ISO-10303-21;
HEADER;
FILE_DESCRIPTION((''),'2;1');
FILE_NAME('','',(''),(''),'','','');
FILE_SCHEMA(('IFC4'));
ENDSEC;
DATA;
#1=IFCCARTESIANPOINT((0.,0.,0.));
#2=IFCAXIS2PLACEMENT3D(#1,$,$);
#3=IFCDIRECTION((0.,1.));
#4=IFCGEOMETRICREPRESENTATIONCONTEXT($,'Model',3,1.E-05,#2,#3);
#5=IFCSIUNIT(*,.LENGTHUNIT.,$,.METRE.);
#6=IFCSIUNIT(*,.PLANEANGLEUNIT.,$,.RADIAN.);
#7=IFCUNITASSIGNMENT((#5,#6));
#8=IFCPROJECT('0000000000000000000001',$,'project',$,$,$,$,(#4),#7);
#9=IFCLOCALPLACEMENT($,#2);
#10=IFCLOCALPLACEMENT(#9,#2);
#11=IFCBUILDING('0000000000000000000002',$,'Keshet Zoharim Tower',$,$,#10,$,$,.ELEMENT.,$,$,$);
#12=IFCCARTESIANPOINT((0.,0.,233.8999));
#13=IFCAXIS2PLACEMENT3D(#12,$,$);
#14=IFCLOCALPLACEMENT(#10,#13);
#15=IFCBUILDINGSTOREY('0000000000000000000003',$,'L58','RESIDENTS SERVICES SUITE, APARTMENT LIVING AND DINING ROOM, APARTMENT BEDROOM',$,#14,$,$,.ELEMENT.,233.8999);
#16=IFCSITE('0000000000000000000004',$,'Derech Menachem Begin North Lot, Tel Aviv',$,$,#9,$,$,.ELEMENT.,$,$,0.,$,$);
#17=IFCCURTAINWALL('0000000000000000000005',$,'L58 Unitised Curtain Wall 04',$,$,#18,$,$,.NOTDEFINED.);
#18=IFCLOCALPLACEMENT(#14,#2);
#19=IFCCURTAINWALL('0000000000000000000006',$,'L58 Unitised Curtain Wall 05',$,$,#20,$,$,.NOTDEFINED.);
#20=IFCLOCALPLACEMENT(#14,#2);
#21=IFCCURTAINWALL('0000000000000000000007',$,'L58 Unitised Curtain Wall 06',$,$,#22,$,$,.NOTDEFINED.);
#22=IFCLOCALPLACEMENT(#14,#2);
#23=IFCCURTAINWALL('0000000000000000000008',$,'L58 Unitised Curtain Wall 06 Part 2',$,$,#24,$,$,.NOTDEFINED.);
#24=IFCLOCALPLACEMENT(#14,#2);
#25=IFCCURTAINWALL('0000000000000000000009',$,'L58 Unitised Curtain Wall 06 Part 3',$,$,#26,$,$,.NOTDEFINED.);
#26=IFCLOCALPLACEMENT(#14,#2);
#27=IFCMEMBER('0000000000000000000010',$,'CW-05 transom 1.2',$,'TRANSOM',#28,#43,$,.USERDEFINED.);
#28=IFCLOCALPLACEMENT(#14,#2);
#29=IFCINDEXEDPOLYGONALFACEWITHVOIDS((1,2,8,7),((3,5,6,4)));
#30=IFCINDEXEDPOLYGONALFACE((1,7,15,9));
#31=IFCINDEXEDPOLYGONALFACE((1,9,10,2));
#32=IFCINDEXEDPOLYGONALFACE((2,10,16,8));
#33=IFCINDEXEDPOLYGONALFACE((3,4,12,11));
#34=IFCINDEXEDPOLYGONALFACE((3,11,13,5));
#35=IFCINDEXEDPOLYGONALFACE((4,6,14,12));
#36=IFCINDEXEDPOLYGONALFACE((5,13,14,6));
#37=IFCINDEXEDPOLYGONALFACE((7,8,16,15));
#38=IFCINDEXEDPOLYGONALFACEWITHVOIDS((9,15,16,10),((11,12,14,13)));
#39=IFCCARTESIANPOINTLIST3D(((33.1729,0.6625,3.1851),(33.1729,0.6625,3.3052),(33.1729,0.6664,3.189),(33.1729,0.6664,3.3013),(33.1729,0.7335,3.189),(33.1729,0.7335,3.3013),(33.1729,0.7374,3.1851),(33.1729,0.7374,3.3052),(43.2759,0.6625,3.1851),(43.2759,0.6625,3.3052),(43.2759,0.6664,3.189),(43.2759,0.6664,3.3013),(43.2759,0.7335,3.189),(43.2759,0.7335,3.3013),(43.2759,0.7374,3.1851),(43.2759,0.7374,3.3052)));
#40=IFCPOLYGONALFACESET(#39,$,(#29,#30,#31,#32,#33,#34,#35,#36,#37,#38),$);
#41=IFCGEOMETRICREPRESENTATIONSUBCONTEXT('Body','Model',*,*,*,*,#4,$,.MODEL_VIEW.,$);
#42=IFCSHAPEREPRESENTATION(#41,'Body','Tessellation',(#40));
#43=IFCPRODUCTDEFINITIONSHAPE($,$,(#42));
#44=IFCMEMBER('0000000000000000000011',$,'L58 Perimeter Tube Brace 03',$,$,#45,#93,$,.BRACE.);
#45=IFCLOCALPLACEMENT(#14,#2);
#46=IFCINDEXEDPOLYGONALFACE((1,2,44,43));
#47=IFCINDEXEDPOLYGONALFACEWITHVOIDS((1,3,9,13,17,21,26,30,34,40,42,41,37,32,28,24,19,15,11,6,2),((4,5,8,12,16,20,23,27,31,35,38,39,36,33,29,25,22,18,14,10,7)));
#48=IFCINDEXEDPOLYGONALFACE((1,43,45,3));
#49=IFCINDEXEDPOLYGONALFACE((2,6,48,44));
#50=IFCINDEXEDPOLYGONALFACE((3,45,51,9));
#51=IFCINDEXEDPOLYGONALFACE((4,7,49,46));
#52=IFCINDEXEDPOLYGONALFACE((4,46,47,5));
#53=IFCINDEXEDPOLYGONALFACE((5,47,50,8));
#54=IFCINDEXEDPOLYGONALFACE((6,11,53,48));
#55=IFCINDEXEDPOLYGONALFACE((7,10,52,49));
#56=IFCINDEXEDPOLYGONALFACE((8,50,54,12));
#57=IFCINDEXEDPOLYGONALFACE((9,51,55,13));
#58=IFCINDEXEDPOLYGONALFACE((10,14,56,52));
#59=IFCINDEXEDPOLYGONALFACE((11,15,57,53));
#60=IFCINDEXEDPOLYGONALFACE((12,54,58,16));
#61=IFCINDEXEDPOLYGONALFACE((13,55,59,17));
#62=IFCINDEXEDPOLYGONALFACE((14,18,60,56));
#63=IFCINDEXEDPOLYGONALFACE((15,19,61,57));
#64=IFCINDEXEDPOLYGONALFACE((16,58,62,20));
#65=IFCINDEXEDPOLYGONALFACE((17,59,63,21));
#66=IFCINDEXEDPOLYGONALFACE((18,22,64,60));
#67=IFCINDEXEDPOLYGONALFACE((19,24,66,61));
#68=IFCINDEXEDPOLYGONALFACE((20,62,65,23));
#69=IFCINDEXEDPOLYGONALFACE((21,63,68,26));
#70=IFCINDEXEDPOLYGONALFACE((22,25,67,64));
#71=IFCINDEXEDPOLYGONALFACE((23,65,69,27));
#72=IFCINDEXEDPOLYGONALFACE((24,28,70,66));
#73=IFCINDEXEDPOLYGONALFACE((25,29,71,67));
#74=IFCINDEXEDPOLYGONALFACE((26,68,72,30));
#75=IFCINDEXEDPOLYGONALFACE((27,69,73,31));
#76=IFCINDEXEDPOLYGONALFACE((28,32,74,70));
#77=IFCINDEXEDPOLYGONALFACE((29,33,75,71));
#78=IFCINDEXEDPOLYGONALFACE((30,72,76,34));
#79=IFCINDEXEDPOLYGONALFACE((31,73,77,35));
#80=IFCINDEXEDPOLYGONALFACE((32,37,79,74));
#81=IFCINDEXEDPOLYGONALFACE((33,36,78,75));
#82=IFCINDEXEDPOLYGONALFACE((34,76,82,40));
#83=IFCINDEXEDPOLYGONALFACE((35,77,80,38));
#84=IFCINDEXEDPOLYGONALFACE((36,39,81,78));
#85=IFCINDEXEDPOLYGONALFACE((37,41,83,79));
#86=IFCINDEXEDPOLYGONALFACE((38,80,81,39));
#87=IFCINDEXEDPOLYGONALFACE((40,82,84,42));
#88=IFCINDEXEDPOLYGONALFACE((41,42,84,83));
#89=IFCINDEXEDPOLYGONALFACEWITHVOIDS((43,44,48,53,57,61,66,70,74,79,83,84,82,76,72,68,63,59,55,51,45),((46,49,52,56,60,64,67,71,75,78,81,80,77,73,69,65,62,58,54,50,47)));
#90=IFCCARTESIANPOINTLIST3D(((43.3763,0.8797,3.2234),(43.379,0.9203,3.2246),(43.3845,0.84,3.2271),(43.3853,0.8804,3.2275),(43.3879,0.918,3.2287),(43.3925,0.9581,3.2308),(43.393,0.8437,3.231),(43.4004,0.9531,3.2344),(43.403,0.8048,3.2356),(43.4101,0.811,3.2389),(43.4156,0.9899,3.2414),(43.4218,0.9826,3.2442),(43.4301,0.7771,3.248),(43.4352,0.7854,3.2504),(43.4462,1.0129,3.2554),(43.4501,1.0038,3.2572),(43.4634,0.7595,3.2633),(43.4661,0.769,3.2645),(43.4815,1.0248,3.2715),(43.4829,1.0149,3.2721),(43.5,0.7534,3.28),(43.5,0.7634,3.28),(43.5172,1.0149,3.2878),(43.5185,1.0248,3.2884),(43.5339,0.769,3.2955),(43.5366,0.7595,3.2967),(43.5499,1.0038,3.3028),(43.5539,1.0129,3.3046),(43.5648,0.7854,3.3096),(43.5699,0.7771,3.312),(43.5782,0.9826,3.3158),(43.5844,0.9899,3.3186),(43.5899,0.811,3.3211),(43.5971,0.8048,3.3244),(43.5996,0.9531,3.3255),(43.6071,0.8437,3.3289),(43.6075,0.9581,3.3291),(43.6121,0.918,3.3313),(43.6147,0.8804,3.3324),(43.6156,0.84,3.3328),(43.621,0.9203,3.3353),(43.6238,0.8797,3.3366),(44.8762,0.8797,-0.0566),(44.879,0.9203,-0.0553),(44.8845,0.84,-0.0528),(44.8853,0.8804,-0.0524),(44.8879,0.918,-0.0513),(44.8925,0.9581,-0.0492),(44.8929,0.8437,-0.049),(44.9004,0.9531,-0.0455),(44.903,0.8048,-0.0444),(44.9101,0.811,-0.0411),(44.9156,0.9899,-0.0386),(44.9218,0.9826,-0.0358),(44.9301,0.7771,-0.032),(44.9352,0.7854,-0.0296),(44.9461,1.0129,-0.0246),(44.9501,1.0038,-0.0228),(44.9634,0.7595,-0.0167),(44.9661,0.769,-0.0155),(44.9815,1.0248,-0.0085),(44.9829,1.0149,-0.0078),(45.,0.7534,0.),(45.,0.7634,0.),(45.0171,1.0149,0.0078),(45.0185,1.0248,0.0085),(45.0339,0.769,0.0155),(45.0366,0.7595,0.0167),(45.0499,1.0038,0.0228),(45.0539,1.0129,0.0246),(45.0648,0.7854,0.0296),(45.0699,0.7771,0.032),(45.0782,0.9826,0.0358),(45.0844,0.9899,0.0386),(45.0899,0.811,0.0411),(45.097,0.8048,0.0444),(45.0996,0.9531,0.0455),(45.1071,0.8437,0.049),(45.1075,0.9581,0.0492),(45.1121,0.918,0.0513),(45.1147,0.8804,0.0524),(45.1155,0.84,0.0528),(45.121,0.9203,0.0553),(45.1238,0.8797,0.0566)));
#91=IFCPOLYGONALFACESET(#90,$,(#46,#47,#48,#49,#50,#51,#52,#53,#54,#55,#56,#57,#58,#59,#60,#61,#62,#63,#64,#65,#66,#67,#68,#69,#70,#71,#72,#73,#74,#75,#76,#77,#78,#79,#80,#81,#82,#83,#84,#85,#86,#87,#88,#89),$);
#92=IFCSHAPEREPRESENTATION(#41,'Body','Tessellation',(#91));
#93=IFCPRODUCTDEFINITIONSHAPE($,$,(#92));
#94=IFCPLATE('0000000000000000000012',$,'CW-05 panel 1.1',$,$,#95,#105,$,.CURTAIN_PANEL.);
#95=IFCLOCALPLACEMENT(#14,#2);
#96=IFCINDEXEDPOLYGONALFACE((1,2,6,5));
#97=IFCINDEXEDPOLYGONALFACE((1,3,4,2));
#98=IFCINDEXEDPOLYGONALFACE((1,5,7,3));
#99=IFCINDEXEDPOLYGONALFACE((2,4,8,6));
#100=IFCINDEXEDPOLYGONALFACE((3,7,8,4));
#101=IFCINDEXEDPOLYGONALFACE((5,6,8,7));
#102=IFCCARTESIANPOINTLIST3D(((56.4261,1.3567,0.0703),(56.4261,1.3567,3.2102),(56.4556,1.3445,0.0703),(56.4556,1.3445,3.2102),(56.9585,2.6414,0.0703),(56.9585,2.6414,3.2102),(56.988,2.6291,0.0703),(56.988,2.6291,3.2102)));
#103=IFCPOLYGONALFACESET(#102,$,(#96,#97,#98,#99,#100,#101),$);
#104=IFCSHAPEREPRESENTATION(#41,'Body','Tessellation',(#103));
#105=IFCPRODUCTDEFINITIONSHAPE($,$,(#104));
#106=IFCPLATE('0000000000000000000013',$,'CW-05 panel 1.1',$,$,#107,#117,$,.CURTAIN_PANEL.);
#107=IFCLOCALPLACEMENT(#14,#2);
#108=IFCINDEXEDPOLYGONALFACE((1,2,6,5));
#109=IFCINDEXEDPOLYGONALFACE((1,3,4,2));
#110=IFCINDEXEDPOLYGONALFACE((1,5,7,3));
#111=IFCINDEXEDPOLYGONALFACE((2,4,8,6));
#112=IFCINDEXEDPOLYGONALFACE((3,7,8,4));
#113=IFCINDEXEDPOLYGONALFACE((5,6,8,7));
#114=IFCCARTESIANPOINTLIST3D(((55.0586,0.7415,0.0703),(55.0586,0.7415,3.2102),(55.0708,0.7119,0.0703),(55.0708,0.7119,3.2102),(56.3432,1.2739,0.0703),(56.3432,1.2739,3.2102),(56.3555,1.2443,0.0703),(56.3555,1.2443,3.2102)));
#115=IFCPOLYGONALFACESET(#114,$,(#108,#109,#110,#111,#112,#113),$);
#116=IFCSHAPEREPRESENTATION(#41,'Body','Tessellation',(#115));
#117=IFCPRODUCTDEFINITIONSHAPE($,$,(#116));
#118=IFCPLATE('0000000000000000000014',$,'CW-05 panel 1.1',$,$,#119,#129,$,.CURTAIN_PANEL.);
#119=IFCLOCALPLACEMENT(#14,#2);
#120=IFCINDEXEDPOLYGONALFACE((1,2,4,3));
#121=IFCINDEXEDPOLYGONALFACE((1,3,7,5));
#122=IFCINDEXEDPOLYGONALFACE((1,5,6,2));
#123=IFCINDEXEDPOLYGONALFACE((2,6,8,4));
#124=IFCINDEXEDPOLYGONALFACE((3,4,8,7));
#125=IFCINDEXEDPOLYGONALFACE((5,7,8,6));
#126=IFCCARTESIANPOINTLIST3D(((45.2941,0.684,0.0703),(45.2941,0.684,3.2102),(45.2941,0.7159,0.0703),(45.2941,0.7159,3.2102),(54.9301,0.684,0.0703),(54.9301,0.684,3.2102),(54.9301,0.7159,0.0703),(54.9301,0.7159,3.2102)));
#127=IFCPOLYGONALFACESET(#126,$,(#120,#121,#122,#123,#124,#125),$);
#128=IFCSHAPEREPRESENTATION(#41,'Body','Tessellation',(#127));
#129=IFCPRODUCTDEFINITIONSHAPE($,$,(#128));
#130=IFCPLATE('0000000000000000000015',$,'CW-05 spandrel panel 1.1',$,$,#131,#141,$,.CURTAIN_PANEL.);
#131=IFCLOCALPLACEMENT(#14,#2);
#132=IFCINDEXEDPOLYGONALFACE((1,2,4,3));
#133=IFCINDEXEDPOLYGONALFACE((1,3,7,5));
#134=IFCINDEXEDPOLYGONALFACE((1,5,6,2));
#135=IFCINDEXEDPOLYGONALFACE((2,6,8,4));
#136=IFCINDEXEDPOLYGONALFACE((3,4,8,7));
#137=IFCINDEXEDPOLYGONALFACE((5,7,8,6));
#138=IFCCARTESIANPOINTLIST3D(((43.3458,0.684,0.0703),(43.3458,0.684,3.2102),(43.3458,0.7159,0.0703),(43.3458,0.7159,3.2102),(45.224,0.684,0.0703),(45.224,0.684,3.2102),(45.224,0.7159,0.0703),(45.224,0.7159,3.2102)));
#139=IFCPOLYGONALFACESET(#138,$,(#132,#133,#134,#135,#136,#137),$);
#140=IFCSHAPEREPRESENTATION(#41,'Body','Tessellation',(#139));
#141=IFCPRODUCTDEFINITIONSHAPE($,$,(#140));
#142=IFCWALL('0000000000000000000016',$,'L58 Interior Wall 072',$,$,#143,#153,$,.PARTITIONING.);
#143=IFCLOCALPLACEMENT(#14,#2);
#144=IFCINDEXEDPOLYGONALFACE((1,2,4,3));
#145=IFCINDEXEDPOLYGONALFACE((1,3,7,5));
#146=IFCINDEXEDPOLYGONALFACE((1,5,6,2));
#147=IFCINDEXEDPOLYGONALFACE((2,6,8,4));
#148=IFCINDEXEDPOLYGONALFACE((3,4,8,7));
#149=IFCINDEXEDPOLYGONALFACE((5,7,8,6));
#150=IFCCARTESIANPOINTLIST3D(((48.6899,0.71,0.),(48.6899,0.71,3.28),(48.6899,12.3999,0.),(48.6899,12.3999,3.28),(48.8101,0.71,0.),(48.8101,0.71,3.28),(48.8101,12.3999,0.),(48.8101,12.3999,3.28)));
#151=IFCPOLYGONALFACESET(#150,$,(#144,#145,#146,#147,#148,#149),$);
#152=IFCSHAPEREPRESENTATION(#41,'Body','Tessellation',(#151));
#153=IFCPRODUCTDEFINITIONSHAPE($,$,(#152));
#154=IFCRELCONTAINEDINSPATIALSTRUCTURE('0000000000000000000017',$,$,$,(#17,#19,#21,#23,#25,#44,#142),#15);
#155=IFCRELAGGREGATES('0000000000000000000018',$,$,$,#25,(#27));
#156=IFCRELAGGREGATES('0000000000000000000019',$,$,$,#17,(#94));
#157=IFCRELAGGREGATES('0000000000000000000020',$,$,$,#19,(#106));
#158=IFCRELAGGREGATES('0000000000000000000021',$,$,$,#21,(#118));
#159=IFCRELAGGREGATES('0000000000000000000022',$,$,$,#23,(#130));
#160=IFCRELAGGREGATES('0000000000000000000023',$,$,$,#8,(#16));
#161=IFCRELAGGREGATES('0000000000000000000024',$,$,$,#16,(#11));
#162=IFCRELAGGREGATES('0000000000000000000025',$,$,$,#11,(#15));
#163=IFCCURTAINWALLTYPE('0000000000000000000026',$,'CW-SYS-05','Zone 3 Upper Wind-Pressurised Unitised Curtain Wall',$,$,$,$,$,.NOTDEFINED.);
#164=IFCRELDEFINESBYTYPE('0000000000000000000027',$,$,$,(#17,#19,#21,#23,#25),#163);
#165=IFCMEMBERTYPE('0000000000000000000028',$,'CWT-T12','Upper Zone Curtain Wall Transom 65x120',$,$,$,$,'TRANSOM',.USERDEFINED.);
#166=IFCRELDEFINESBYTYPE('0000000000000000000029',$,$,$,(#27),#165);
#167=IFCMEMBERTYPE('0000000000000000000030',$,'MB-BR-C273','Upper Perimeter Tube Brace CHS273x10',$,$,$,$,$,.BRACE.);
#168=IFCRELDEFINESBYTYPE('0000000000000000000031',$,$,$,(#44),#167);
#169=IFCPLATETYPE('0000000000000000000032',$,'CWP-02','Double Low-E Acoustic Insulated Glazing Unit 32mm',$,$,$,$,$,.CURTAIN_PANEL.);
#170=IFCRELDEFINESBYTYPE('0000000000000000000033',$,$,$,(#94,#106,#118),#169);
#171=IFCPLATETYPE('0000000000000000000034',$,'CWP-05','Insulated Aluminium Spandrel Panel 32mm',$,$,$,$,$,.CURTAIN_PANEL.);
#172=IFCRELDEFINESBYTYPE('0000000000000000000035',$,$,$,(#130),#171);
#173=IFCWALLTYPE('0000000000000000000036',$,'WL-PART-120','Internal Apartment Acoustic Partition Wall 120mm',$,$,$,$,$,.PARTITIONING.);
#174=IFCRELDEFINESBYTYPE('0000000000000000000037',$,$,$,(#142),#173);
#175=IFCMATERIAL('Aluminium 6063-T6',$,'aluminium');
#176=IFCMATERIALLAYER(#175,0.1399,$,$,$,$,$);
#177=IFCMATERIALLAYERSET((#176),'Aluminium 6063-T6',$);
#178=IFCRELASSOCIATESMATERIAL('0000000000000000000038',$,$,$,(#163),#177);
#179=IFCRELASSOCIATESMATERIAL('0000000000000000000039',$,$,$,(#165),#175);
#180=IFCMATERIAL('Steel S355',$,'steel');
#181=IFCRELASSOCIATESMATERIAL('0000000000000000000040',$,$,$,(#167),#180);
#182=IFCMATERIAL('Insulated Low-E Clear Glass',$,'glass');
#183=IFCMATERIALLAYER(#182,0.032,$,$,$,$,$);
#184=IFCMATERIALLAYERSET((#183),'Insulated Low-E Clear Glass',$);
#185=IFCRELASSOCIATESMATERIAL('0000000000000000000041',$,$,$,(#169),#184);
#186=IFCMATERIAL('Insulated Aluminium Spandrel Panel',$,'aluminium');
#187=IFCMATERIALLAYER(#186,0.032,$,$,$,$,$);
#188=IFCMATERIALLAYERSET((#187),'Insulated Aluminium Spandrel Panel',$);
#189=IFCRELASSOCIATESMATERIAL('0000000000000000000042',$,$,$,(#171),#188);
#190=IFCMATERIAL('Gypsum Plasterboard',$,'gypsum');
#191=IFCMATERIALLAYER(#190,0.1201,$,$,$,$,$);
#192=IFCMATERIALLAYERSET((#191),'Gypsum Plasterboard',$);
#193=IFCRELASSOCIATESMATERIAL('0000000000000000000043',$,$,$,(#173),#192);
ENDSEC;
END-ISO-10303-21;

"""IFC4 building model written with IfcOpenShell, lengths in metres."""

from ifc_helpers import new_model, si_unit, direction, frame, frame_2d, origin, origin_2d, place, context, subcontext, project, spatial, rectangle, hollow_rectangle, hollow_circle, extrude, material, layer, layer_set, material_profile, profile_set, type_object, element, aggregate, save


model = new_model("IFC4")

# Units and contexts
model_context = context("Model", 3, precision=1e-05, world=origin(), true_north=direction((0.0, 1.0)))
body_context = subcontext(model_context, "Body", "Model", "MODEL_VIEW")
ifc_project = project(units=[si_unit("LENGTHUNIT", "METRE"), si_unit("PLANEANGLEUNIT", "RADIAN")], contexts=[model_context])

# Site, building, storey
site_placement = place(None, origin())
site = spatial("IfcSite", under=ifc_project, at=site_placement, Name="Derech Menachem Begin North Lot, Tel Aviv", CompositionType="ELEMENT", RefElevation=0.0)
building_placement = place(site_placement, origin())
building = spatial("IfcBuilding", under=site, at=building_placement, Name="Keshet Zoharim Tower", CompositionType="ELEMENT")
storey_placement = place(building_placement, frame((0.0, 0.0, 233.8999)))
storey = spatial("IfcBuildingStorey", under=building, at=storey_placement, Name="L58", Description="RESIDENTS SERVICES SUITE, APARTMENT LIVING AND DINING ROOM, APARTMENT BEDROOM", CompositionType="ELEMENT", Elevation=233.8999)

# Shared definitions
ifc_material_1 = material(Name="Steel S355", Category="steel")

# Curtain wall
ifc_material_2 = material(Name="Aluminium 6063-T6", Category="aluminium")
ifc_layer_1 = layer(ifc_material_2, 0.1399)
ifc_layer_set_1 = layer_set([ifc_layer_1], Name="Aluminium 6063-T6")
curtain_wall_type = type_object("IfcCurtainWallType", Name="CW-SYS-05", Description="Zone 3 Upper Wind-Pressurised Unitised Curtain Wall", PredefinedType="NOTDEFINED", material=ifc_layer_set_1)
curtain_wall_1_placement = place(storey_placement, origin())
curtain_wall_1 = element("IfcCurtainWall", 1, at=curtain_wall_1_placement, inside=storey, type_object=curtain_wall_type, Name="L58 Unitised Curtain Wall 04", PredefinedType="NOTDEFINED")

# Curtain walls
curtain_wall_2_placement = place(storey_placement, origin())
curtain_wall_2 = element("IfcCurtainWall", 2, at=curtain_wall_2_placement, inside=storey, type_object=curtain_wall_type, Name="L58 Unitised Curtain Wall 05", PredefinedType="NOTDEFINED")
curtain_wall_3_placement = place(storey_placement, origin())
curtain_wall_3 = element("IfcCurtainWall", 3, at=curtain_wall_3_placement, inside=storey, type_object=curtain_wall_type, Name="L58 Unitised Curtain Wall 06", PredefinedType="NOTDEFINED")

# Curtain wall
curtain_wall_4_placement = place(storey_placement, origin())
curtain_wall_4 = element("IfcCurtainWall", 4, at=curtain_wall_4_placement, inside=storey, type_object=curtain_wall_type, Name="L58 Unitised Curtain Wall 06 Part 2", PredefinedType="NOTDEFINED")

# Shared definitions
ifc_material_profile_1 = material_profile(ifc_material_2, hollow_rectangle(XDim=0.075, YDim=0.1201, WallThickness=0.0039, at=origin_2d()), Name="TRN-75x120")
ifc_profile_set_1 = profile_set([ifc_material_profile_1], Name="Aluminium 6063-T6")
member_type_1 = type_object("IfcMemberType", Name="CWT-T12", Description="Upper Zone Curtain Wall Transom 65x120", ElementType="TRANSOM", PredefinedType="USERDEFINED", material=ifc_profile_set_1)

# Curtain wall, member
curtain_wall_5_placement = place(storey_placement, origin())
curtain_wall_5 = element("IfcCurtainWall", 5, at=curtain_wall_5_placement, inside=storey, type_object=curtain_wall_type, Name="L58 Unitised Curtain Wall 06 Part 3", PredefinedType="NOTDEFINED")
member_1_placement = place(storey_placement, frame((43.2759, 0.7, 3.2451), z_axis=(-1.0, 0.0, 0.0), x_axis=(0.0, -1.0, 0.0)))
member_1 = element("IfcMember", 6, at=member_1_placement, type_object=member_type_1, Name="CW-05 transom 1.2", ObjectType="TRANSOM", PredefinedType="USERDEFINED", context=body_context, shape_type="SweptSolid", body=[
    extrude(hollow_rectangle(XDim=0.075, YDim=0.1201, WallThickness=0.0039, at=origin_2d()), origin(), (0.0, 0.0, 1.0), 10.103),
])
aggregate(curtain_wall_5, [member_1])

# Member
ifc_material_profile_2 = material_profile(ifc_material_1, hollow_circle(Radius=0.1365, WallThickness=0.01, at=origin_2d()), Name="CHS273x10")
ifc_profile_set_2 = profile_set([ifc_material_profile_2], Name="Steel S355")
member_type_2 = type_object("IfcMemberType", Name="MB-BR-C273", Description="Upper Perimeter Tube Brace CHS273x10", PredefinedType="BRACE", material=ifc_profile_set_2)
member_2_placement = place(storey_placement, frame((45.0, 0.8899, 0.0), z_axis=(-0.415888, 0.0, 0.909416), x_axis=(0.0, -1.0, 0.0)))
element("IfcMember", 7, at=member_2_placement, inside=storey, type_object=member_type_2, Name="L58 Perimeter Tube Brace 03", PredefinedType="BRACE", context=body_context, shape_type="SweptSolid", body=[
    extrude(hollow_circle(Radius=0.1365, WallThickness=0.01, at=origin_2d()), origin(), (0.0, 0.0, 1.0), 3.6067),
])

# Plates
ifc_material_3 = material(Name="Insulated Low-E Clear Glass", Category="glass")
ifc_layer_2 = layer(ifc_material_3, 0.032)
ifc_layer_set_2 = layer_set([ifc_layer_2], Name="Insulated Low-E Clear Glass")
plate_type_1 = type_object("IfcPlateType", Name="CWP-02", Description="Double Low-E Acoustic Insulated Glazing Unit 32mm", PredefinedType="CURTAIN_PANEL", material=ifc_layer_set_2)
plate_1_placement = place(storey_placement, frame((56.707, 1.9929, 0.0703), z_axis=(0.0, 0.0, 1.0), x_axis=(-0.382852, -0.92381, 0.0)))
plate_1 = element("IfcPlate", 8, at=plate_1_placement, type_object=plate_type_1, Name="CW-05 panel 1.1", PredefinedType="CURTAIN_PANEL", context=body_context, shape_type="SweptSolid", body=[
    extrude(rectangle(XDim=1.3906, YDim=0.032, at=origin_2d()), origin(), (0.0, 0.0, 1.0), 3.1399),
])
aggregate(curtain_wall_1, [plate_1])
plate_2_placement = place(storey_placement, frame((55.707, 0.9929, 0.0703), z_axis=(0.0, 0.0, 1.0), x_axis=(-0.92381, -0.382852, 0.0)))
plate_2 = element("IfcPlate", 9, at=plate_2_placement, type_object=plate_type_1, Name="CW-05 panel 1.1", PredefinedType="CURTAIN_PANEL", context=body_context, shape_type="SweptSolid", body=[
    extrude(rectangle(XDim=1.3906, YDim=0.032, at=origin_2d()), origin(), (0.0, 0.0, 1.0), 3.1399),
])
aggregate(curtain_wall_2, [plate_2])
plate_3_placement = place(storey_placement, frame((50.1121, 0.7, 0.0703), z_axis=(0.0, 0.0, 1.0), x_axis=(-1.0, 0.0, 0.0)))
plate_3 = element("IfcPlate", 10, at=plate_3_placement, type_object=plate_type_1, Name="CW-05 panel 1.1", PredefinedType="CURTAIN_PANEL", context=body_context, shape_type="SweptSolid", body=[
    extrude(rectangle(XDim=9.636, YDim=0.032, at=origin_2d()), origin(), (0.0, 0.0, 1.0), 3.1399),
])
aggregate(curtain_wall_3, [plate_3])
ifc_material_4 = material(Name="Insulated Aluminium Spandrel Panel", Category="aluminium")
ifc_layer_3 = layer(ifc_material_4, 0.032)
ifc_layer_set_3 = layer_set([ifc_layer_3], Name="Insulated Aluminium Spandrel Panel")
plate_type_2 = type_object("IfcPlateType", Name="CWP-05", Description="Insulated Aluminium Spandrel Panel 32mm", PredefinedType="CURTAIN_PANEL", material=ifc_layer_set_3)
plate_4_placement = place(storey_placement, frame((44.2849, 0.7, 0.0703), z_axis=(0.0, 0.0, 1.0), x_axis=(-1.0, 0.0, 0.0)))
plate_4 = element("IfcPlate", 11, at=plate_4_placement, type_object=plate_type_2, Name="CW-05 spandrel panel 1.1", PredefinedType="CURTAIN_PANEL", context=body_context, shape_type="SweptSolid", body=[
    extrude(rectangle(XDim=1.8782, YDim=0.032, at=origin_2d()), origin(), (0.0, 0.0, 1.0), 3.1399),
])
aggregate(curtain_wall_4, [plate_4])

# Wall
ifc_material_5 = material(Name="Gypsum Plasterboard", Category="gypsum")
ifc_layer_4 = layer(ifc_material_5, 0.1201)
ifc_layer_set_4 = layer_set([ifc_layer_4], Name="Gypsum Plasterboard")
wall_type = type_object("IfcWallType", Name="WL-PART-120", Description="Internal Apartment Acoustic Partition Wall 120mm", PredefinedType="PARTITIONING", material=ifc_layer_set_4)
wall_1_placement = place(storey_placement, frame((48.75, 0.71, 0.0), z_axis=(0.0, 0.0, 1.0), x_axis=(0.0, 1.0, 0.0)))
element("IfcWall", 12, at=wall_1_placement, inside=storey, type_object=wall_type, Name="L58 Interior Wall 072", PredefinedType="PARTITIONING", context=body_context, shape_type="SweptSolid", body=[
    extrude(rectangle(XDim=11.6899, YDim=0.1201, at=frame_2d((5.845, 0.0))), origin(), (0.0, 0.0, 1.0), 3.28),
])

save(model, "model.ifc")
